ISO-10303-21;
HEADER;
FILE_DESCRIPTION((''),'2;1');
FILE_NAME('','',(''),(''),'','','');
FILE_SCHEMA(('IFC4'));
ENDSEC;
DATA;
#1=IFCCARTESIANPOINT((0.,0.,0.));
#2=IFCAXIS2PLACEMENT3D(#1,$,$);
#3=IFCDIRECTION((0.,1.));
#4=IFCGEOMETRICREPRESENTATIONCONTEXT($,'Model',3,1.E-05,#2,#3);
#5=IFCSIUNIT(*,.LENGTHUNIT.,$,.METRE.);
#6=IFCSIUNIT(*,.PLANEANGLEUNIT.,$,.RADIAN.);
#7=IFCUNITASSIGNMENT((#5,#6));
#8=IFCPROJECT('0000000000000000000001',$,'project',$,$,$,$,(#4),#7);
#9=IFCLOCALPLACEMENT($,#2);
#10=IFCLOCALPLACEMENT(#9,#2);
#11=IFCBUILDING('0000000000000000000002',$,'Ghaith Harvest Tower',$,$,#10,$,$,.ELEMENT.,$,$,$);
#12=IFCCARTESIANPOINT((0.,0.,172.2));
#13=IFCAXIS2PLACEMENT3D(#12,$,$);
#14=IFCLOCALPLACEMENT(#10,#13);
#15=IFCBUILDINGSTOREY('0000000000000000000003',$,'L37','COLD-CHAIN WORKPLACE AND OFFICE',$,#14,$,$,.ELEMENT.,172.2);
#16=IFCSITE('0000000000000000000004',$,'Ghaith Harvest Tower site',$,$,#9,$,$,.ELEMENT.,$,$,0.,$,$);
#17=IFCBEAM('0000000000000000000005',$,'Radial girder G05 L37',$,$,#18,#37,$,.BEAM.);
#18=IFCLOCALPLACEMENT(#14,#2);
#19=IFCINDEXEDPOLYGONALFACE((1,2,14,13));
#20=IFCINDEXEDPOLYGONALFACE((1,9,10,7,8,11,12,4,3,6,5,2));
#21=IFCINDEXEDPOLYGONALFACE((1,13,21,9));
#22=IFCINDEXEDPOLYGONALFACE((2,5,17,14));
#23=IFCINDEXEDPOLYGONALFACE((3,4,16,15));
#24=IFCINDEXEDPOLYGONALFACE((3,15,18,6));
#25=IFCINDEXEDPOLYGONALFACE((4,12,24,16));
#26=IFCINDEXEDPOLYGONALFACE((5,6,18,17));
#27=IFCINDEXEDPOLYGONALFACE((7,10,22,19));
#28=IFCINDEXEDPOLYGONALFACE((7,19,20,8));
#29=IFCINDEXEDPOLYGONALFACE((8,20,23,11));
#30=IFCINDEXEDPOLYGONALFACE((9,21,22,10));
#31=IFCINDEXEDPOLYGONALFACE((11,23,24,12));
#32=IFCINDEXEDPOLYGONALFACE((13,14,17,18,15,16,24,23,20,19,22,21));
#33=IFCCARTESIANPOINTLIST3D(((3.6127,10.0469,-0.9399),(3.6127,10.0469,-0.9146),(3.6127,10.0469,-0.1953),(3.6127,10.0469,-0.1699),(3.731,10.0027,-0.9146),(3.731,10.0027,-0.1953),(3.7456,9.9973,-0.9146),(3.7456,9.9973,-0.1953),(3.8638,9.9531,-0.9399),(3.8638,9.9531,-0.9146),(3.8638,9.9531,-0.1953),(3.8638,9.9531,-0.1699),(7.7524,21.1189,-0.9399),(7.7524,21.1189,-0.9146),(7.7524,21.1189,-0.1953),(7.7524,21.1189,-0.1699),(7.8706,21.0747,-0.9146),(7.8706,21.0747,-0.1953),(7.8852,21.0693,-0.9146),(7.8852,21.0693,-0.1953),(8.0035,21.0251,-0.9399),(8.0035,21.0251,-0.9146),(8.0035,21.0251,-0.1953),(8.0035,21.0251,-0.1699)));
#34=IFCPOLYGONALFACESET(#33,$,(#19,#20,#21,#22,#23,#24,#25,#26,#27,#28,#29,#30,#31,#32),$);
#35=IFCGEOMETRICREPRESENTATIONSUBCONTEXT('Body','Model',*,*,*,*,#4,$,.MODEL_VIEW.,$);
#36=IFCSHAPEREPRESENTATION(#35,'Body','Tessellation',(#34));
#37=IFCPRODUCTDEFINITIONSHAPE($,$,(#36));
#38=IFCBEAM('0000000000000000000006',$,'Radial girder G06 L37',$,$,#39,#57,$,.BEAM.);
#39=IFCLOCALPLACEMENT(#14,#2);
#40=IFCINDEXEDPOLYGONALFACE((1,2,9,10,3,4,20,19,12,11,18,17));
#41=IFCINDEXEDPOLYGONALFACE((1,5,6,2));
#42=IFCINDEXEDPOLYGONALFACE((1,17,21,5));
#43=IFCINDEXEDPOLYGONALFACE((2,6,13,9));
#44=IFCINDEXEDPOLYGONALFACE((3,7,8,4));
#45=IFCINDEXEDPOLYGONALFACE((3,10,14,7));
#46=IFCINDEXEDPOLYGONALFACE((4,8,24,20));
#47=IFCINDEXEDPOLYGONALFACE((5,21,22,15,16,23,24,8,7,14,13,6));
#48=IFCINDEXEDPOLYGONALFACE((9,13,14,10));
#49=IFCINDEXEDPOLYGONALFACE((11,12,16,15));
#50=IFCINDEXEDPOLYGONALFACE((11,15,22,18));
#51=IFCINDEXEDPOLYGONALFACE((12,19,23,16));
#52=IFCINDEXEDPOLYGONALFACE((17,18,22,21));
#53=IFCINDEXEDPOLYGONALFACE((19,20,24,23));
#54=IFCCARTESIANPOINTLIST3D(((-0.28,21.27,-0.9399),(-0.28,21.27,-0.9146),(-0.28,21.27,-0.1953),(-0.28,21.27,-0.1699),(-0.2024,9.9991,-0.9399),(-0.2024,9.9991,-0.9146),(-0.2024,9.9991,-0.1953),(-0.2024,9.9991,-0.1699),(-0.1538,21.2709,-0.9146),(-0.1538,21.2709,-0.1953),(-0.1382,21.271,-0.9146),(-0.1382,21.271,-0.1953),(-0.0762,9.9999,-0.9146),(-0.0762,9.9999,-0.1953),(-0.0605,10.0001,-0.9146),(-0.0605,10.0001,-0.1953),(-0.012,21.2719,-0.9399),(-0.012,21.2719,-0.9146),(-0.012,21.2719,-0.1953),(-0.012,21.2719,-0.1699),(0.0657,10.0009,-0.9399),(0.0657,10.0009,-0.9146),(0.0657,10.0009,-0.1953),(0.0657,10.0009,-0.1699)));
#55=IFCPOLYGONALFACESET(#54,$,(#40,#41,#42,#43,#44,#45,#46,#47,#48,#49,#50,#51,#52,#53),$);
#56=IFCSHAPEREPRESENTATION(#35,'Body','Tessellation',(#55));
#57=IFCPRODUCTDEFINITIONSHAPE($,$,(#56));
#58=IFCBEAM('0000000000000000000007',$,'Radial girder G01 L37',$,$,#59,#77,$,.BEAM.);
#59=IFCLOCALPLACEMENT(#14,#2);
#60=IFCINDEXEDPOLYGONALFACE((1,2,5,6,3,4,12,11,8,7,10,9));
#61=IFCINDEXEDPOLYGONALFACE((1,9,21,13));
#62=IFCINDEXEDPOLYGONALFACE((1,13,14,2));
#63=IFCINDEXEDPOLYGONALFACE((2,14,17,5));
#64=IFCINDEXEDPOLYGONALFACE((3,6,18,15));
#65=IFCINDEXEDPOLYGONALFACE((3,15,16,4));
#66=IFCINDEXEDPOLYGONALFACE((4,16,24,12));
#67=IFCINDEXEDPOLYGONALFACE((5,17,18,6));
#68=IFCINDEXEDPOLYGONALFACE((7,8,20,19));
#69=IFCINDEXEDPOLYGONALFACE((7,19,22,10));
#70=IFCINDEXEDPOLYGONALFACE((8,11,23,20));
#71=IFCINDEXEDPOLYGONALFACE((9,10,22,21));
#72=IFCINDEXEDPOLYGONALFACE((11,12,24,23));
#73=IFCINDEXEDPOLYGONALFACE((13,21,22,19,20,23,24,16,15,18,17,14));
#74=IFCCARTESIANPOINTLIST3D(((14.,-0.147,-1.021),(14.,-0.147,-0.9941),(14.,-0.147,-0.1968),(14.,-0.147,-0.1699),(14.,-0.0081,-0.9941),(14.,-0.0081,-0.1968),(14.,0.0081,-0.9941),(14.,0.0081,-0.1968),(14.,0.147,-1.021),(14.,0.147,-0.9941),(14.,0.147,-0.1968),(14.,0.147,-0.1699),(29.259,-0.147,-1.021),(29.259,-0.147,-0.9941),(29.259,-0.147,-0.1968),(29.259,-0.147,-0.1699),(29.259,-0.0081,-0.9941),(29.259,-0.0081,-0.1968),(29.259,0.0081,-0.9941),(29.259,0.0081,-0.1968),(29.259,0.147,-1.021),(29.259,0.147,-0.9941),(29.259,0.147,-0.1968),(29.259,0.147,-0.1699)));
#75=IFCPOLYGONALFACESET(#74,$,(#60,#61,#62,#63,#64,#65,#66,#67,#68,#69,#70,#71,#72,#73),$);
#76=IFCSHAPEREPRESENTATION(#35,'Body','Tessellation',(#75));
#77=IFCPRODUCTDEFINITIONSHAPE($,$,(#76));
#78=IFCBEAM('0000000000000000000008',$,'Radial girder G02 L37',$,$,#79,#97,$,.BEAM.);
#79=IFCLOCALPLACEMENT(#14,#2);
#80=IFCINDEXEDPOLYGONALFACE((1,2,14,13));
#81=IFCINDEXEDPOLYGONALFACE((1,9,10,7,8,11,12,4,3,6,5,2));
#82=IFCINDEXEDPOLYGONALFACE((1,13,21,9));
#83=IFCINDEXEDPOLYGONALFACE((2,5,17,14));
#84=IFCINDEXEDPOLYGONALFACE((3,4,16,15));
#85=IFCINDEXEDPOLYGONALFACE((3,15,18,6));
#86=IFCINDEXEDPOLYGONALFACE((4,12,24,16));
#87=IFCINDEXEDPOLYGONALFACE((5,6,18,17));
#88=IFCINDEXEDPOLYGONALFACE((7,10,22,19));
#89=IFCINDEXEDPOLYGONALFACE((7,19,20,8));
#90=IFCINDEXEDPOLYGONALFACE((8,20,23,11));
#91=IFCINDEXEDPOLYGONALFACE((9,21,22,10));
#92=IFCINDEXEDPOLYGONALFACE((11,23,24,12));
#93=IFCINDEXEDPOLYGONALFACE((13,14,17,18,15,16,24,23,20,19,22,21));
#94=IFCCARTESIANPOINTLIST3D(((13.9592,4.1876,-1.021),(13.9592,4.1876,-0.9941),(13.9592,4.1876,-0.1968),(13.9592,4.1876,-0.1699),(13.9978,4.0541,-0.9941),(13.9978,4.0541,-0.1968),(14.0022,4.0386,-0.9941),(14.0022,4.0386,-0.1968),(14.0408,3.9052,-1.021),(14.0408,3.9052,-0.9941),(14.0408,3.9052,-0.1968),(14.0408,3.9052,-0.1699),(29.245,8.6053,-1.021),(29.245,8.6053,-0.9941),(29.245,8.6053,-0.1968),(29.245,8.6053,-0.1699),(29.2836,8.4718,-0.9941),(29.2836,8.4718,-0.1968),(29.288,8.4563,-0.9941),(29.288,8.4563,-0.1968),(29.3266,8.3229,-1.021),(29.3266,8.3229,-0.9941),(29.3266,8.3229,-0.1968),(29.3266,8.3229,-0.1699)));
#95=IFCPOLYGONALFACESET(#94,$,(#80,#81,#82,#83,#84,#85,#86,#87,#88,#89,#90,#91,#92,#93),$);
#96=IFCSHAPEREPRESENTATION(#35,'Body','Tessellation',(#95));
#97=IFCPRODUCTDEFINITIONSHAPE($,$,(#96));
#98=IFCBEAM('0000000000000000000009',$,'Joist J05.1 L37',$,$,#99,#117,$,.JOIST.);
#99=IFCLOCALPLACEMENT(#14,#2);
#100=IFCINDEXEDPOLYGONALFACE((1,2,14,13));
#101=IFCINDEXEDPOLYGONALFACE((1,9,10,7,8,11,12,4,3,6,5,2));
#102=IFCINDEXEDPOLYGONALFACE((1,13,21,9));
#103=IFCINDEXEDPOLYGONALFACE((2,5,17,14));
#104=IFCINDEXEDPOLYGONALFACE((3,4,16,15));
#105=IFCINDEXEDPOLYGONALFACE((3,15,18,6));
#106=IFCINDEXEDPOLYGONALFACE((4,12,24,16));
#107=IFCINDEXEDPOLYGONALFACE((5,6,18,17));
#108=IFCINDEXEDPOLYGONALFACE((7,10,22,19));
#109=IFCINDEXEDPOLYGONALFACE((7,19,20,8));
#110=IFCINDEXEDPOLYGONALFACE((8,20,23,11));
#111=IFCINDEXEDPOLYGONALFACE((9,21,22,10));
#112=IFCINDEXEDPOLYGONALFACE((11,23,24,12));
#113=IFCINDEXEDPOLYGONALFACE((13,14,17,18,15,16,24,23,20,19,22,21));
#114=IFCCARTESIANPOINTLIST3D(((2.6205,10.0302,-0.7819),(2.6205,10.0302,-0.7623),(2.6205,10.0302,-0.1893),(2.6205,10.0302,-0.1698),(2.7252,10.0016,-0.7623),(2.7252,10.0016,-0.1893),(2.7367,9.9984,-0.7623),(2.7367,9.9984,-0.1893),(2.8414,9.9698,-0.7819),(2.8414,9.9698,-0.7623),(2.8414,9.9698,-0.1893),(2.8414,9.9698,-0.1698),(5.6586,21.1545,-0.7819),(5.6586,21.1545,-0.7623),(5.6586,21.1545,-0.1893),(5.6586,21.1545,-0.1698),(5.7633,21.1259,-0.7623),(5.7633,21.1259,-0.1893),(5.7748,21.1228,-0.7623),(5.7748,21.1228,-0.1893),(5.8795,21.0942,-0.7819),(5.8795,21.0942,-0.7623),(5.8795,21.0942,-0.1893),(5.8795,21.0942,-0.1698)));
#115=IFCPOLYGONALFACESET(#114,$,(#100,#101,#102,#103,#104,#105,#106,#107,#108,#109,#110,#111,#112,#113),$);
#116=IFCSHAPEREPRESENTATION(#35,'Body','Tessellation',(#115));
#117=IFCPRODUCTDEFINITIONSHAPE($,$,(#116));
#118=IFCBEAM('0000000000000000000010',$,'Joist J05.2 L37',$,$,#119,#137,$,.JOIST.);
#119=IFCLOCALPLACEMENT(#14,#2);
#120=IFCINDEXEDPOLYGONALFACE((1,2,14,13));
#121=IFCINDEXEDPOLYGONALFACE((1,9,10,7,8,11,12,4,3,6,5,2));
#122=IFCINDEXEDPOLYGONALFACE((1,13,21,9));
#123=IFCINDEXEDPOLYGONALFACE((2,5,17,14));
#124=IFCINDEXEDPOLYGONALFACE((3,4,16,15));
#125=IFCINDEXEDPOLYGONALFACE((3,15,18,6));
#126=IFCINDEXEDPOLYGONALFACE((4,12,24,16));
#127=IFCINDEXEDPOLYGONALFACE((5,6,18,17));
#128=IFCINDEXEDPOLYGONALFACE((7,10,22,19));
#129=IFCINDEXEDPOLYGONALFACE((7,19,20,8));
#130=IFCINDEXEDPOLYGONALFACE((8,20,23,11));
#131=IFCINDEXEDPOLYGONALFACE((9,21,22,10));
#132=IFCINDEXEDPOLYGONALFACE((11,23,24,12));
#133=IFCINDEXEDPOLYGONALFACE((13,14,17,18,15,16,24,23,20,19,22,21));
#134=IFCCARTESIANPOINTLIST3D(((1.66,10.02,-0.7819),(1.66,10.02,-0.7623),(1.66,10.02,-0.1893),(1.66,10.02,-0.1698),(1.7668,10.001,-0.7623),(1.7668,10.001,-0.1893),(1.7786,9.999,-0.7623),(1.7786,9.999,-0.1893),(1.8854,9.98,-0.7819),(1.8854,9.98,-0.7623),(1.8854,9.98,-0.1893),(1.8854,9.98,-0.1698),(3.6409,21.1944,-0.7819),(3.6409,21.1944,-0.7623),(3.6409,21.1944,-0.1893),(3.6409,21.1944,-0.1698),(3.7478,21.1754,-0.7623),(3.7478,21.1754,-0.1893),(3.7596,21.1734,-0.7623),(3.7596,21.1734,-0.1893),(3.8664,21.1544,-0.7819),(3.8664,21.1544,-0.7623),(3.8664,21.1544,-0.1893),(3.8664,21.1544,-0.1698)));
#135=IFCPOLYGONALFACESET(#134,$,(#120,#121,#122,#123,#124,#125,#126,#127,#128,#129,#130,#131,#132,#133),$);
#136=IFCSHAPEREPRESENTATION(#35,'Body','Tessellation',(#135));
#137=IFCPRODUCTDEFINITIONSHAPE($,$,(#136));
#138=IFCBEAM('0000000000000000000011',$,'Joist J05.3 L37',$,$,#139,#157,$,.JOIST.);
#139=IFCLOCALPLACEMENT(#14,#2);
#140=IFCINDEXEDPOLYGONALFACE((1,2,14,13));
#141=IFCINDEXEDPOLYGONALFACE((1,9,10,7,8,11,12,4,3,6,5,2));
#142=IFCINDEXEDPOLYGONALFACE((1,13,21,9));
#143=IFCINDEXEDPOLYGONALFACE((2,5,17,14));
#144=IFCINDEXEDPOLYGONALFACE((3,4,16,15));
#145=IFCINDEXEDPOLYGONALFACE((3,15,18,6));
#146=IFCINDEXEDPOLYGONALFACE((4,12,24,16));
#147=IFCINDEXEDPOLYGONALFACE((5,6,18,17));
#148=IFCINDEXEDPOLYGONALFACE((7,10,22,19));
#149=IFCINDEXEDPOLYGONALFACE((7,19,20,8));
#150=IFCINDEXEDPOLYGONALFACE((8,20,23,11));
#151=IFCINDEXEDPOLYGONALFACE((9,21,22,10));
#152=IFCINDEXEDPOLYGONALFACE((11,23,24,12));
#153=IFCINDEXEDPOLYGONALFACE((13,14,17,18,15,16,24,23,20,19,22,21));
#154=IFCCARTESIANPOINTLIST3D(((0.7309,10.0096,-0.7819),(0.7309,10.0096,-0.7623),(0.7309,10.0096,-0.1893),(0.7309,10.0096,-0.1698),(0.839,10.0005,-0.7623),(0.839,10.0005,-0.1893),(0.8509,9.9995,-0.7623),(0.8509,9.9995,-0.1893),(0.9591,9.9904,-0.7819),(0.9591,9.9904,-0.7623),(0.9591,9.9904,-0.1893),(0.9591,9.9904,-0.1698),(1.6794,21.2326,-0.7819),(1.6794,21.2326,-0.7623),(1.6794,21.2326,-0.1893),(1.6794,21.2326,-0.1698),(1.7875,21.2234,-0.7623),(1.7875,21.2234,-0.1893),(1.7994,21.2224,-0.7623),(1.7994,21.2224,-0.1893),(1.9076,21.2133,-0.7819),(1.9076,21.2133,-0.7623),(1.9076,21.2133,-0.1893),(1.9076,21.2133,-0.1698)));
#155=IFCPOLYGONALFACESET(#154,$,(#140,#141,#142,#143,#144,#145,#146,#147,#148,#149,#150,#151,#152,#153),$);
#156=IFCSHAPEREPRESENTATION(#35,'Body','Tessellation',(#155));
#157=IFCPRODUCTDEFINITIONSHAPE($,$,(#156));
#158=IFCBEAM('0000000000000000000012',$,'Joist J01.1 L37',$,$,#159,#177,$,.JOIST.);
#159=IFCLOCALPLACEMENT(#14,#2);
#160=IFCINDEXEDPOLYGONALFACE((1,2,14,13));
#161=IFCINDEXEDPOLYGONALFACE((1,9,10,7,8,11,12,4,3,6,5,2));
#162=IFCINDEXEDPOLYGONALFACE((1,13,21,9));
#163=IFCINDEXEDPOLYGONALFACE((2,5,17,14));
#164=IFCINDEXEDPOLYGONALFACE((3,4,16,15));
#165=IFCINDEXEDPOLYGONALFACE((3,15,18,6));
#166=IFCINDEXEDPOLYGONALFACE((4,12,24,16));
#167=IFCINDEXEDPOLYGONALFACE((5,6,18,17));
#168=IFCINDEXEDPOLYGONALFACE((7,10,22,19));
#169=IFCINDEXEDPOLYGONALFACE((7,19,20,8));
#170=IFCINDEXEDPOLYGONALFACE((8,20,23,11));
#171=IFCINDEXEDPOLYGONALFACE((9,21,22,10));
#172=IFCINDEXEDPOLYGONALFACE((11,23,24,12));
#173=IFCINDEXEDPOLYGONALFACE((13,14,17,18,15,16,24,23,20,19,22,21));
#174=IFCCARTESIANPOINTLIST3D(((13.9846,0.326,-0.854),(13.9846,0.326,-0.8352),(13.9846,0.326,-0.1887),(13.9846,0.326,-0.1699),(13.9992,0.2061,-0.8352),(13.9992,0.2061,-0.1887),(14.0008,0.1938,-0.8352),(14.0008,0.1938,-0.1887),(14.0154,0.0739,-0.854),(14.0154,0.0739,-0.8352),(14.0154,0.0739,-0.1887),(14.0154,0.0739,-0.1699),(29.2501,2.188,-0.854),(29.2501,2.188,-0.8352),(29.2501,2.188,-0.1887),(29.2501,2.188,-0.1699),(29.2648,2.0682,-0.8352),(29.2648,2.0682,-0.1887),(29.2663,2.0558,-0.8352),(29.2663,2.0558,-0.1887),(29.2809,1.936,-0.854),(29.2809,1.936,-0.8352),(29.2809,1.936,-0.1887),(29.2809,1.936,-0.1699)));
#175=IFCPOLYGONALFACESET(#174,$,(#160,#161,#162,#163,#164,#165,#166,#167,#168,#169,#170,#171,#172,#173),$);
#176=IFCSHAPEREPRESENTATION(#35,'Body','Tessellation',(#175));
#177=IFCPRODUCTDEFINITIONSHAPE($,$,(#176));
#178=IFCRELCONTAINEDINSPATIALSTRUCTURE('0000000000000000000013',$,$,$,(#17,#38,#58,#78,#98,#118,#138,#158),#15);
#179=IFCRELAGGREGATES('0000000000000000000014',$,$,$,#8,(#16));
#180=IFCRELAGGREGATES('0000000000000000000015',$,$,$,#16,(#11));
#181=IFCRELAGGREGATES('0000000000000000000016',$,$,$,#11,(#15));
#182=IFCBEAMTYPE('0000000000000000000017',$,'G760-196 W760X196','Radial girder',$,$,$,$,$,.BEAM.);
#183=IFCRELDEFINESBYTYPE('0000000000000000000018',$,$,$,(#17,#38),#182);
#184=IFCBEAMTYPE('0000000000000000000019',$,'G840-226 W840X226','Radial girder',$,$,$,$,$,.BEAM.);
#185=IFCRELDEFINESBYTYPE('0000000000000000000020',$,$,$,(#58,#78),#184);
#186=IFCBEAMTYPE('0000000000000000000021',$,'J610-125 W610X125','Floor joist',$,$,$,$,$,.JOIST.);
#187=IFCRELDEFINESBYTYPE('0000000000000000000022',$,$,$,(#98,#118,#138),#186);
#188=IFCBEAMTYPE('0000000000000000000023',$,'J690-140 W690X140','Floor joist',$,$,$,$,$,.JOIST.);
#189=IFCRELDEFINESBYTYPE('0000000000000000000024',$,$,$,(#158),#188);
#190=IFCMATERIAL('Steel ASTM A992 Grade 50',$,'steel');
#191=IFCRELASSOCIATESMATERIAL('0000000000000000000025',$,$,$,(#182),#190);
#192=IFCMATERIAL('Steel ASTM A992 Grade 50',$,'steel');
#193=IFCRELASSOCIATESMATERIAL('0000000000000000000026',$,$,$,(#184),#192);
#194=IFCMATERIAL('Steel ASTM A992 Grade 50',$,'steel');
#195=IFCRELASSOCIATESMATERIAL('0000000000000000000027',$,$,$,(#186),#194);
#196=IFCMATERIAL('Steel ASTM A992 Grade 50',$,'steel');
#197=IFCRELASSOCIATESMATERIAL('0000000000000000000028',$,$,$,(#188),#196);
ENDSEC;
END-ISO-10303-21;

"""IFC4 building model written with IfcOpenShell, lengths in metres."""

from ifc_helpers import new_model, si_unit, direction, frame, origin, origin_2d, place, context, subcontext, project, spatial, i_section, extrude, material, material_profile, profile_set, type_object, element, save


model = new_model("IFC4")

# Units and contexts
model_context = context("Model", 3, precision=1e-05, world=origin(), true_north=direction((0.0, 1.0)))
body_context = subcontext(model_context, "Body", "Model", "MODEL_VIEW")
ifc_project = project(units=[si_unit("LENGTHUNIT", "METRE"), si_unit("PLANEANGLEUNIT", "RADIAN")], contexts=[model_context])

# Site, building, storey
site_placement = place(None, origin())
site = spatial("IfcSite", under=ifc_project, at=site_placement, Name="Ghaith Harvest Tower site", CompositionType="ELEMENT", RefElevation=0.0)
building_placement = place(site_placement, origin())
building = spatial("IfcBuilding", under=site, at=building_placement, Name="Ghaith Harvest Tower", CompositionType="ELEMENT")
storey_placement = place(building_placement, frame((0.0, 0.0, 172.2)))
storey = spatial("IfcBuildingStorey", under=building, at=storey_placement, Name="L37", Description="COLD-CHAIN WORKPLACE AND OFFICE", CompositionType="ELEMENT", Elevation=172.2)

# Beams
ifc_material_1 = material(Name="Steel ASTM A992 Grade 50", Category="steel")
ifc_material_profile_1 = material_profile(ifc_material_1, i_section(OverallWidth=0.2681, OverallDepth=0.77, WebThickness=0.0156, FlangeThickness=0.0254, at=origin_2d()), Name="W760X196")
ifc_profile_set_1 = profile_set([ifc_material_profile_1], Name="Steel ASTM A992 Grade 50")
beam_type_1 = type_object("IfcBeamType", Name="G760-196 W760X196", Description="Radial girder", PredefinedType="BEAM", material=ifc_profile_set_1)
beam_1_placement = place(storey_placement, frame((3.7383, 10.0, -0.5549), z_axis=(0.350207, 0.936672, 0.0), x_axis=(-0.936672, 0.350207, 0.0)))
element("IfcBeam", 1, at=beam_1_placement, inside=storey, type_object=beam_type_1, Name="Radial girder G05 L37", PredefinedType="BEAM", context=body_context, shape_type="SweptSolid", body=[
    extrude(i_section(OverallWidth=0.2681, OverallDepth=0.77, WebThickness=0.0156, FlangeThickness=0.0254, at=origin_2d()), origin(), (0.0, 0.0, 1.0), 11.8206),
])
beam_2_placement = place(storey_placement, frame((-0.0684, 10.0, -0.5549), z_axis=(-0.006888, 0.999976, 0.0), x_axis=(-0.999976, -0.006888, 0.0)))
element("IfcBeam", 2, at=beam_2_placement, inside=storey, type_object=beam_type_1, Name="Radial girder G06 L37", PredefinedType="BEAM", context=body_context, shape_type="SweptSolid", body=[
    extrude(i_section(OverallWidth=0.2681, OverallDepth=0.77, WebThickness=0.0156, FlangeThickness=0.0254, at=origin_2d()), origin(), (0.0, 0.0, 1.0), 11.2712),
])
ifc_material_2 = material(Name="Steel ASTM A992 Grade 50", Category="steel")
ifc_material_profile_2 = material_profile(ifc_material_2, i_section(OverallWidth=0.2939, OverallDepth=0.8511, WebThickness=0.0161, FlangeThickness=0.0269, at=origin_2d()), Name="W840X226")
ifc_profile_set_2 = profile_set([ifc_material_profile_2], Name="Steel ASTM A992 Grade 50")
beam_type_2 = type_object("IfcBeamType", Name="G840-226 W840X226", Description="Radial girder", PredefinedType="BEAM", material=ifc_profile_set_2)
beam_3_placement = place(storey_placement, frame((14.0, 0.0, -0.5955), z_axis=(1.0, 0.0, 0.0), x_axis=(0.0, 1.0, 0.0)))
element("IfcBeam", 3, at=beam_3_placement, inside=storey, type_object=beam_type_2, Name="Radial girder G01 L37", PredefinedType="BEAM", context=body_context, shape_type="SweptSolid", body=[
    extrude(i_section(OverallWidth=0.2939, OverallDepth=0.8511, WebThickness=0.0161, FlangeThickness=0.0269, at=origin_2d()), origin(), (0.0, 0.0, 1.0), 15.259),
])
beam_4_placement = place(storey_placement, frame((14.0, 4.0464, -0.5955), z_axis=(0.960684, 0.277644, 0.0), x_axis=(-0.277644, 0.960684, 0.0)))
element("IfcBeam", 4, at=beam_4_placement, inside=storey, type_object=beam_type_2, Name="Radial girder G02 L37", PredefinedType="BEAM", context=body_context, shape_type="SweptSolid", body=[
    extrude(i_section(OverallWidth=0.2939, OverallDepth=0.8511, WebThickness=0.0161, FlangeThickness=0.0269, at=origin_2d()), origin(), (0.0, 0.0, 1.0), 15.9114),
])
ifc_material_3 = material(Name="Steel ASTM A992 Grade 50", Category="steel")
ifc_material_profile_3 = material_profile(ifc_material_3, i_section(OverallWidth=0.229, OverallDepth=0.6121, WebThickness=0.012, FlangeThickness=0.0195, at=origin_2d()), Name="W610X125")
ifc_profile_set_3 = profile_set([ifc_material_profile_3], Name="Steel ASTM A992 Grade 50")
beam_type_3 = type_object("IfcBeamType", Name="J610-125 W610X125", Description="Floor joist", PredefinedType="JOIST", material=ifc_profile_set_3)
beam_5_placement = place(storey_placement, frame((2.731, 10.0, -0.4758), z_axis=(0.263456, 0.964671, 0.0), x_axis=(-0.964671, 0.263456, 0.0)))
element("IfcBeam", 5, at=beam_5_placement, inside=storey, type_object=beam_type_3, Name="Joist J05.1 L37", PredefinedType="JOIST", context=body_context, shape_type="SweptSolid", body=[
    extrude(i_section(OverallWidth=0.229, OverallDepth=0.6121, WebThickness=0.012, FlangeThickness=0.0195, at=origin_2d()), origin(), (0.0, 0.0, 1.0), 11.5317),
])
beam_6_placement = place(storey_placement, frame((1.7727, 10.0, -0.4758), z_axis=(0.174556, 0.984647, 0.0), x_axis=(-0.984647, 0.174556, 0.0)))
element("IfcBeam", 6, at=beam_6_placement, inside=storey, type_object=beam_type_3, Name="Joist J05.2 L37", PredefinedType="JOIST", context=body_context, shape_type="SweptSolid", body=[
    extrude(i_section(OverallWidth=0.229, OverallDepth=0.6121, WebThickness=0.012, FlangeThickness=0.0195, at=origin_2d()), origin(), (0.0, 0.0, 1.0), 11.3486),
])
beam_7_placement = place(storey_placement, frame((0.845, 10.0, -0.4758), z_axis=(0.084213, 0.996448, 0.0), x_axis=(-0.996448, 0.084213, 0.0)))
element("IfcBeam", 7, at=beam_7_placement, inside=storey, type_object=beam_type_3, Name="Joist J05.3 L37", PredefinedType="JOIST", context=body_context, shape_type="SweptSolid", body=[
    extrude(i_section(OverallWidth=0.229, OverallDepth=0.6121, WebThickness=0.012, FlangeThickness=0.0195, at=origin_2d()), origin(), (0.0, 0.0, 1.0), 11.2629),
])
ifc_material_4 = material(Name="Steel ASTM A992 Grade 50", Category="steel")
ifc_material_profile_4 = material_profile(ifc_material_4, i_section(OverallWidth=0.2539, OverallDepth=0.6841, WebThickness=0.0125, FlangeThickness=0.0188, at=origin_2d()), Name="W690X140")
ifc_profile_set_4 = profile_set([ifc_material_profile_4], Name="Steel ASTM A992 Grade 50")
beam_type_4 = type_object("IfcBeamType", Name="J690-140 W690X140", Description="Floor joist", PredefinedType="JOIST", material=ifc_profile_set_4)
beam_8_placement = place(storey_placement, frame((14.0, 0.2, -0.512), z_axis=(0.992643, 0.12108, 0.0), x_axis=(-0.12108, 0.992643, 0.0)))
element("IfcBeam", 8, at=beam_8_placement, inside=storey, type_object=beam_type_4, Name="Joist J01.1 L37", PredefinedType="JOIST", context=body_context, shape_type="SweptSolid", body=[
    extrude(i_section(OverallWidth=0.2539, OverallDepth=0.6841, WebThickness=0.0125, FlangeThickness=0.0188, at=origin_2d()), origin(), (0.0, 0.0, 1.0), 15.3787),
])

save(model, "model.ifc")
